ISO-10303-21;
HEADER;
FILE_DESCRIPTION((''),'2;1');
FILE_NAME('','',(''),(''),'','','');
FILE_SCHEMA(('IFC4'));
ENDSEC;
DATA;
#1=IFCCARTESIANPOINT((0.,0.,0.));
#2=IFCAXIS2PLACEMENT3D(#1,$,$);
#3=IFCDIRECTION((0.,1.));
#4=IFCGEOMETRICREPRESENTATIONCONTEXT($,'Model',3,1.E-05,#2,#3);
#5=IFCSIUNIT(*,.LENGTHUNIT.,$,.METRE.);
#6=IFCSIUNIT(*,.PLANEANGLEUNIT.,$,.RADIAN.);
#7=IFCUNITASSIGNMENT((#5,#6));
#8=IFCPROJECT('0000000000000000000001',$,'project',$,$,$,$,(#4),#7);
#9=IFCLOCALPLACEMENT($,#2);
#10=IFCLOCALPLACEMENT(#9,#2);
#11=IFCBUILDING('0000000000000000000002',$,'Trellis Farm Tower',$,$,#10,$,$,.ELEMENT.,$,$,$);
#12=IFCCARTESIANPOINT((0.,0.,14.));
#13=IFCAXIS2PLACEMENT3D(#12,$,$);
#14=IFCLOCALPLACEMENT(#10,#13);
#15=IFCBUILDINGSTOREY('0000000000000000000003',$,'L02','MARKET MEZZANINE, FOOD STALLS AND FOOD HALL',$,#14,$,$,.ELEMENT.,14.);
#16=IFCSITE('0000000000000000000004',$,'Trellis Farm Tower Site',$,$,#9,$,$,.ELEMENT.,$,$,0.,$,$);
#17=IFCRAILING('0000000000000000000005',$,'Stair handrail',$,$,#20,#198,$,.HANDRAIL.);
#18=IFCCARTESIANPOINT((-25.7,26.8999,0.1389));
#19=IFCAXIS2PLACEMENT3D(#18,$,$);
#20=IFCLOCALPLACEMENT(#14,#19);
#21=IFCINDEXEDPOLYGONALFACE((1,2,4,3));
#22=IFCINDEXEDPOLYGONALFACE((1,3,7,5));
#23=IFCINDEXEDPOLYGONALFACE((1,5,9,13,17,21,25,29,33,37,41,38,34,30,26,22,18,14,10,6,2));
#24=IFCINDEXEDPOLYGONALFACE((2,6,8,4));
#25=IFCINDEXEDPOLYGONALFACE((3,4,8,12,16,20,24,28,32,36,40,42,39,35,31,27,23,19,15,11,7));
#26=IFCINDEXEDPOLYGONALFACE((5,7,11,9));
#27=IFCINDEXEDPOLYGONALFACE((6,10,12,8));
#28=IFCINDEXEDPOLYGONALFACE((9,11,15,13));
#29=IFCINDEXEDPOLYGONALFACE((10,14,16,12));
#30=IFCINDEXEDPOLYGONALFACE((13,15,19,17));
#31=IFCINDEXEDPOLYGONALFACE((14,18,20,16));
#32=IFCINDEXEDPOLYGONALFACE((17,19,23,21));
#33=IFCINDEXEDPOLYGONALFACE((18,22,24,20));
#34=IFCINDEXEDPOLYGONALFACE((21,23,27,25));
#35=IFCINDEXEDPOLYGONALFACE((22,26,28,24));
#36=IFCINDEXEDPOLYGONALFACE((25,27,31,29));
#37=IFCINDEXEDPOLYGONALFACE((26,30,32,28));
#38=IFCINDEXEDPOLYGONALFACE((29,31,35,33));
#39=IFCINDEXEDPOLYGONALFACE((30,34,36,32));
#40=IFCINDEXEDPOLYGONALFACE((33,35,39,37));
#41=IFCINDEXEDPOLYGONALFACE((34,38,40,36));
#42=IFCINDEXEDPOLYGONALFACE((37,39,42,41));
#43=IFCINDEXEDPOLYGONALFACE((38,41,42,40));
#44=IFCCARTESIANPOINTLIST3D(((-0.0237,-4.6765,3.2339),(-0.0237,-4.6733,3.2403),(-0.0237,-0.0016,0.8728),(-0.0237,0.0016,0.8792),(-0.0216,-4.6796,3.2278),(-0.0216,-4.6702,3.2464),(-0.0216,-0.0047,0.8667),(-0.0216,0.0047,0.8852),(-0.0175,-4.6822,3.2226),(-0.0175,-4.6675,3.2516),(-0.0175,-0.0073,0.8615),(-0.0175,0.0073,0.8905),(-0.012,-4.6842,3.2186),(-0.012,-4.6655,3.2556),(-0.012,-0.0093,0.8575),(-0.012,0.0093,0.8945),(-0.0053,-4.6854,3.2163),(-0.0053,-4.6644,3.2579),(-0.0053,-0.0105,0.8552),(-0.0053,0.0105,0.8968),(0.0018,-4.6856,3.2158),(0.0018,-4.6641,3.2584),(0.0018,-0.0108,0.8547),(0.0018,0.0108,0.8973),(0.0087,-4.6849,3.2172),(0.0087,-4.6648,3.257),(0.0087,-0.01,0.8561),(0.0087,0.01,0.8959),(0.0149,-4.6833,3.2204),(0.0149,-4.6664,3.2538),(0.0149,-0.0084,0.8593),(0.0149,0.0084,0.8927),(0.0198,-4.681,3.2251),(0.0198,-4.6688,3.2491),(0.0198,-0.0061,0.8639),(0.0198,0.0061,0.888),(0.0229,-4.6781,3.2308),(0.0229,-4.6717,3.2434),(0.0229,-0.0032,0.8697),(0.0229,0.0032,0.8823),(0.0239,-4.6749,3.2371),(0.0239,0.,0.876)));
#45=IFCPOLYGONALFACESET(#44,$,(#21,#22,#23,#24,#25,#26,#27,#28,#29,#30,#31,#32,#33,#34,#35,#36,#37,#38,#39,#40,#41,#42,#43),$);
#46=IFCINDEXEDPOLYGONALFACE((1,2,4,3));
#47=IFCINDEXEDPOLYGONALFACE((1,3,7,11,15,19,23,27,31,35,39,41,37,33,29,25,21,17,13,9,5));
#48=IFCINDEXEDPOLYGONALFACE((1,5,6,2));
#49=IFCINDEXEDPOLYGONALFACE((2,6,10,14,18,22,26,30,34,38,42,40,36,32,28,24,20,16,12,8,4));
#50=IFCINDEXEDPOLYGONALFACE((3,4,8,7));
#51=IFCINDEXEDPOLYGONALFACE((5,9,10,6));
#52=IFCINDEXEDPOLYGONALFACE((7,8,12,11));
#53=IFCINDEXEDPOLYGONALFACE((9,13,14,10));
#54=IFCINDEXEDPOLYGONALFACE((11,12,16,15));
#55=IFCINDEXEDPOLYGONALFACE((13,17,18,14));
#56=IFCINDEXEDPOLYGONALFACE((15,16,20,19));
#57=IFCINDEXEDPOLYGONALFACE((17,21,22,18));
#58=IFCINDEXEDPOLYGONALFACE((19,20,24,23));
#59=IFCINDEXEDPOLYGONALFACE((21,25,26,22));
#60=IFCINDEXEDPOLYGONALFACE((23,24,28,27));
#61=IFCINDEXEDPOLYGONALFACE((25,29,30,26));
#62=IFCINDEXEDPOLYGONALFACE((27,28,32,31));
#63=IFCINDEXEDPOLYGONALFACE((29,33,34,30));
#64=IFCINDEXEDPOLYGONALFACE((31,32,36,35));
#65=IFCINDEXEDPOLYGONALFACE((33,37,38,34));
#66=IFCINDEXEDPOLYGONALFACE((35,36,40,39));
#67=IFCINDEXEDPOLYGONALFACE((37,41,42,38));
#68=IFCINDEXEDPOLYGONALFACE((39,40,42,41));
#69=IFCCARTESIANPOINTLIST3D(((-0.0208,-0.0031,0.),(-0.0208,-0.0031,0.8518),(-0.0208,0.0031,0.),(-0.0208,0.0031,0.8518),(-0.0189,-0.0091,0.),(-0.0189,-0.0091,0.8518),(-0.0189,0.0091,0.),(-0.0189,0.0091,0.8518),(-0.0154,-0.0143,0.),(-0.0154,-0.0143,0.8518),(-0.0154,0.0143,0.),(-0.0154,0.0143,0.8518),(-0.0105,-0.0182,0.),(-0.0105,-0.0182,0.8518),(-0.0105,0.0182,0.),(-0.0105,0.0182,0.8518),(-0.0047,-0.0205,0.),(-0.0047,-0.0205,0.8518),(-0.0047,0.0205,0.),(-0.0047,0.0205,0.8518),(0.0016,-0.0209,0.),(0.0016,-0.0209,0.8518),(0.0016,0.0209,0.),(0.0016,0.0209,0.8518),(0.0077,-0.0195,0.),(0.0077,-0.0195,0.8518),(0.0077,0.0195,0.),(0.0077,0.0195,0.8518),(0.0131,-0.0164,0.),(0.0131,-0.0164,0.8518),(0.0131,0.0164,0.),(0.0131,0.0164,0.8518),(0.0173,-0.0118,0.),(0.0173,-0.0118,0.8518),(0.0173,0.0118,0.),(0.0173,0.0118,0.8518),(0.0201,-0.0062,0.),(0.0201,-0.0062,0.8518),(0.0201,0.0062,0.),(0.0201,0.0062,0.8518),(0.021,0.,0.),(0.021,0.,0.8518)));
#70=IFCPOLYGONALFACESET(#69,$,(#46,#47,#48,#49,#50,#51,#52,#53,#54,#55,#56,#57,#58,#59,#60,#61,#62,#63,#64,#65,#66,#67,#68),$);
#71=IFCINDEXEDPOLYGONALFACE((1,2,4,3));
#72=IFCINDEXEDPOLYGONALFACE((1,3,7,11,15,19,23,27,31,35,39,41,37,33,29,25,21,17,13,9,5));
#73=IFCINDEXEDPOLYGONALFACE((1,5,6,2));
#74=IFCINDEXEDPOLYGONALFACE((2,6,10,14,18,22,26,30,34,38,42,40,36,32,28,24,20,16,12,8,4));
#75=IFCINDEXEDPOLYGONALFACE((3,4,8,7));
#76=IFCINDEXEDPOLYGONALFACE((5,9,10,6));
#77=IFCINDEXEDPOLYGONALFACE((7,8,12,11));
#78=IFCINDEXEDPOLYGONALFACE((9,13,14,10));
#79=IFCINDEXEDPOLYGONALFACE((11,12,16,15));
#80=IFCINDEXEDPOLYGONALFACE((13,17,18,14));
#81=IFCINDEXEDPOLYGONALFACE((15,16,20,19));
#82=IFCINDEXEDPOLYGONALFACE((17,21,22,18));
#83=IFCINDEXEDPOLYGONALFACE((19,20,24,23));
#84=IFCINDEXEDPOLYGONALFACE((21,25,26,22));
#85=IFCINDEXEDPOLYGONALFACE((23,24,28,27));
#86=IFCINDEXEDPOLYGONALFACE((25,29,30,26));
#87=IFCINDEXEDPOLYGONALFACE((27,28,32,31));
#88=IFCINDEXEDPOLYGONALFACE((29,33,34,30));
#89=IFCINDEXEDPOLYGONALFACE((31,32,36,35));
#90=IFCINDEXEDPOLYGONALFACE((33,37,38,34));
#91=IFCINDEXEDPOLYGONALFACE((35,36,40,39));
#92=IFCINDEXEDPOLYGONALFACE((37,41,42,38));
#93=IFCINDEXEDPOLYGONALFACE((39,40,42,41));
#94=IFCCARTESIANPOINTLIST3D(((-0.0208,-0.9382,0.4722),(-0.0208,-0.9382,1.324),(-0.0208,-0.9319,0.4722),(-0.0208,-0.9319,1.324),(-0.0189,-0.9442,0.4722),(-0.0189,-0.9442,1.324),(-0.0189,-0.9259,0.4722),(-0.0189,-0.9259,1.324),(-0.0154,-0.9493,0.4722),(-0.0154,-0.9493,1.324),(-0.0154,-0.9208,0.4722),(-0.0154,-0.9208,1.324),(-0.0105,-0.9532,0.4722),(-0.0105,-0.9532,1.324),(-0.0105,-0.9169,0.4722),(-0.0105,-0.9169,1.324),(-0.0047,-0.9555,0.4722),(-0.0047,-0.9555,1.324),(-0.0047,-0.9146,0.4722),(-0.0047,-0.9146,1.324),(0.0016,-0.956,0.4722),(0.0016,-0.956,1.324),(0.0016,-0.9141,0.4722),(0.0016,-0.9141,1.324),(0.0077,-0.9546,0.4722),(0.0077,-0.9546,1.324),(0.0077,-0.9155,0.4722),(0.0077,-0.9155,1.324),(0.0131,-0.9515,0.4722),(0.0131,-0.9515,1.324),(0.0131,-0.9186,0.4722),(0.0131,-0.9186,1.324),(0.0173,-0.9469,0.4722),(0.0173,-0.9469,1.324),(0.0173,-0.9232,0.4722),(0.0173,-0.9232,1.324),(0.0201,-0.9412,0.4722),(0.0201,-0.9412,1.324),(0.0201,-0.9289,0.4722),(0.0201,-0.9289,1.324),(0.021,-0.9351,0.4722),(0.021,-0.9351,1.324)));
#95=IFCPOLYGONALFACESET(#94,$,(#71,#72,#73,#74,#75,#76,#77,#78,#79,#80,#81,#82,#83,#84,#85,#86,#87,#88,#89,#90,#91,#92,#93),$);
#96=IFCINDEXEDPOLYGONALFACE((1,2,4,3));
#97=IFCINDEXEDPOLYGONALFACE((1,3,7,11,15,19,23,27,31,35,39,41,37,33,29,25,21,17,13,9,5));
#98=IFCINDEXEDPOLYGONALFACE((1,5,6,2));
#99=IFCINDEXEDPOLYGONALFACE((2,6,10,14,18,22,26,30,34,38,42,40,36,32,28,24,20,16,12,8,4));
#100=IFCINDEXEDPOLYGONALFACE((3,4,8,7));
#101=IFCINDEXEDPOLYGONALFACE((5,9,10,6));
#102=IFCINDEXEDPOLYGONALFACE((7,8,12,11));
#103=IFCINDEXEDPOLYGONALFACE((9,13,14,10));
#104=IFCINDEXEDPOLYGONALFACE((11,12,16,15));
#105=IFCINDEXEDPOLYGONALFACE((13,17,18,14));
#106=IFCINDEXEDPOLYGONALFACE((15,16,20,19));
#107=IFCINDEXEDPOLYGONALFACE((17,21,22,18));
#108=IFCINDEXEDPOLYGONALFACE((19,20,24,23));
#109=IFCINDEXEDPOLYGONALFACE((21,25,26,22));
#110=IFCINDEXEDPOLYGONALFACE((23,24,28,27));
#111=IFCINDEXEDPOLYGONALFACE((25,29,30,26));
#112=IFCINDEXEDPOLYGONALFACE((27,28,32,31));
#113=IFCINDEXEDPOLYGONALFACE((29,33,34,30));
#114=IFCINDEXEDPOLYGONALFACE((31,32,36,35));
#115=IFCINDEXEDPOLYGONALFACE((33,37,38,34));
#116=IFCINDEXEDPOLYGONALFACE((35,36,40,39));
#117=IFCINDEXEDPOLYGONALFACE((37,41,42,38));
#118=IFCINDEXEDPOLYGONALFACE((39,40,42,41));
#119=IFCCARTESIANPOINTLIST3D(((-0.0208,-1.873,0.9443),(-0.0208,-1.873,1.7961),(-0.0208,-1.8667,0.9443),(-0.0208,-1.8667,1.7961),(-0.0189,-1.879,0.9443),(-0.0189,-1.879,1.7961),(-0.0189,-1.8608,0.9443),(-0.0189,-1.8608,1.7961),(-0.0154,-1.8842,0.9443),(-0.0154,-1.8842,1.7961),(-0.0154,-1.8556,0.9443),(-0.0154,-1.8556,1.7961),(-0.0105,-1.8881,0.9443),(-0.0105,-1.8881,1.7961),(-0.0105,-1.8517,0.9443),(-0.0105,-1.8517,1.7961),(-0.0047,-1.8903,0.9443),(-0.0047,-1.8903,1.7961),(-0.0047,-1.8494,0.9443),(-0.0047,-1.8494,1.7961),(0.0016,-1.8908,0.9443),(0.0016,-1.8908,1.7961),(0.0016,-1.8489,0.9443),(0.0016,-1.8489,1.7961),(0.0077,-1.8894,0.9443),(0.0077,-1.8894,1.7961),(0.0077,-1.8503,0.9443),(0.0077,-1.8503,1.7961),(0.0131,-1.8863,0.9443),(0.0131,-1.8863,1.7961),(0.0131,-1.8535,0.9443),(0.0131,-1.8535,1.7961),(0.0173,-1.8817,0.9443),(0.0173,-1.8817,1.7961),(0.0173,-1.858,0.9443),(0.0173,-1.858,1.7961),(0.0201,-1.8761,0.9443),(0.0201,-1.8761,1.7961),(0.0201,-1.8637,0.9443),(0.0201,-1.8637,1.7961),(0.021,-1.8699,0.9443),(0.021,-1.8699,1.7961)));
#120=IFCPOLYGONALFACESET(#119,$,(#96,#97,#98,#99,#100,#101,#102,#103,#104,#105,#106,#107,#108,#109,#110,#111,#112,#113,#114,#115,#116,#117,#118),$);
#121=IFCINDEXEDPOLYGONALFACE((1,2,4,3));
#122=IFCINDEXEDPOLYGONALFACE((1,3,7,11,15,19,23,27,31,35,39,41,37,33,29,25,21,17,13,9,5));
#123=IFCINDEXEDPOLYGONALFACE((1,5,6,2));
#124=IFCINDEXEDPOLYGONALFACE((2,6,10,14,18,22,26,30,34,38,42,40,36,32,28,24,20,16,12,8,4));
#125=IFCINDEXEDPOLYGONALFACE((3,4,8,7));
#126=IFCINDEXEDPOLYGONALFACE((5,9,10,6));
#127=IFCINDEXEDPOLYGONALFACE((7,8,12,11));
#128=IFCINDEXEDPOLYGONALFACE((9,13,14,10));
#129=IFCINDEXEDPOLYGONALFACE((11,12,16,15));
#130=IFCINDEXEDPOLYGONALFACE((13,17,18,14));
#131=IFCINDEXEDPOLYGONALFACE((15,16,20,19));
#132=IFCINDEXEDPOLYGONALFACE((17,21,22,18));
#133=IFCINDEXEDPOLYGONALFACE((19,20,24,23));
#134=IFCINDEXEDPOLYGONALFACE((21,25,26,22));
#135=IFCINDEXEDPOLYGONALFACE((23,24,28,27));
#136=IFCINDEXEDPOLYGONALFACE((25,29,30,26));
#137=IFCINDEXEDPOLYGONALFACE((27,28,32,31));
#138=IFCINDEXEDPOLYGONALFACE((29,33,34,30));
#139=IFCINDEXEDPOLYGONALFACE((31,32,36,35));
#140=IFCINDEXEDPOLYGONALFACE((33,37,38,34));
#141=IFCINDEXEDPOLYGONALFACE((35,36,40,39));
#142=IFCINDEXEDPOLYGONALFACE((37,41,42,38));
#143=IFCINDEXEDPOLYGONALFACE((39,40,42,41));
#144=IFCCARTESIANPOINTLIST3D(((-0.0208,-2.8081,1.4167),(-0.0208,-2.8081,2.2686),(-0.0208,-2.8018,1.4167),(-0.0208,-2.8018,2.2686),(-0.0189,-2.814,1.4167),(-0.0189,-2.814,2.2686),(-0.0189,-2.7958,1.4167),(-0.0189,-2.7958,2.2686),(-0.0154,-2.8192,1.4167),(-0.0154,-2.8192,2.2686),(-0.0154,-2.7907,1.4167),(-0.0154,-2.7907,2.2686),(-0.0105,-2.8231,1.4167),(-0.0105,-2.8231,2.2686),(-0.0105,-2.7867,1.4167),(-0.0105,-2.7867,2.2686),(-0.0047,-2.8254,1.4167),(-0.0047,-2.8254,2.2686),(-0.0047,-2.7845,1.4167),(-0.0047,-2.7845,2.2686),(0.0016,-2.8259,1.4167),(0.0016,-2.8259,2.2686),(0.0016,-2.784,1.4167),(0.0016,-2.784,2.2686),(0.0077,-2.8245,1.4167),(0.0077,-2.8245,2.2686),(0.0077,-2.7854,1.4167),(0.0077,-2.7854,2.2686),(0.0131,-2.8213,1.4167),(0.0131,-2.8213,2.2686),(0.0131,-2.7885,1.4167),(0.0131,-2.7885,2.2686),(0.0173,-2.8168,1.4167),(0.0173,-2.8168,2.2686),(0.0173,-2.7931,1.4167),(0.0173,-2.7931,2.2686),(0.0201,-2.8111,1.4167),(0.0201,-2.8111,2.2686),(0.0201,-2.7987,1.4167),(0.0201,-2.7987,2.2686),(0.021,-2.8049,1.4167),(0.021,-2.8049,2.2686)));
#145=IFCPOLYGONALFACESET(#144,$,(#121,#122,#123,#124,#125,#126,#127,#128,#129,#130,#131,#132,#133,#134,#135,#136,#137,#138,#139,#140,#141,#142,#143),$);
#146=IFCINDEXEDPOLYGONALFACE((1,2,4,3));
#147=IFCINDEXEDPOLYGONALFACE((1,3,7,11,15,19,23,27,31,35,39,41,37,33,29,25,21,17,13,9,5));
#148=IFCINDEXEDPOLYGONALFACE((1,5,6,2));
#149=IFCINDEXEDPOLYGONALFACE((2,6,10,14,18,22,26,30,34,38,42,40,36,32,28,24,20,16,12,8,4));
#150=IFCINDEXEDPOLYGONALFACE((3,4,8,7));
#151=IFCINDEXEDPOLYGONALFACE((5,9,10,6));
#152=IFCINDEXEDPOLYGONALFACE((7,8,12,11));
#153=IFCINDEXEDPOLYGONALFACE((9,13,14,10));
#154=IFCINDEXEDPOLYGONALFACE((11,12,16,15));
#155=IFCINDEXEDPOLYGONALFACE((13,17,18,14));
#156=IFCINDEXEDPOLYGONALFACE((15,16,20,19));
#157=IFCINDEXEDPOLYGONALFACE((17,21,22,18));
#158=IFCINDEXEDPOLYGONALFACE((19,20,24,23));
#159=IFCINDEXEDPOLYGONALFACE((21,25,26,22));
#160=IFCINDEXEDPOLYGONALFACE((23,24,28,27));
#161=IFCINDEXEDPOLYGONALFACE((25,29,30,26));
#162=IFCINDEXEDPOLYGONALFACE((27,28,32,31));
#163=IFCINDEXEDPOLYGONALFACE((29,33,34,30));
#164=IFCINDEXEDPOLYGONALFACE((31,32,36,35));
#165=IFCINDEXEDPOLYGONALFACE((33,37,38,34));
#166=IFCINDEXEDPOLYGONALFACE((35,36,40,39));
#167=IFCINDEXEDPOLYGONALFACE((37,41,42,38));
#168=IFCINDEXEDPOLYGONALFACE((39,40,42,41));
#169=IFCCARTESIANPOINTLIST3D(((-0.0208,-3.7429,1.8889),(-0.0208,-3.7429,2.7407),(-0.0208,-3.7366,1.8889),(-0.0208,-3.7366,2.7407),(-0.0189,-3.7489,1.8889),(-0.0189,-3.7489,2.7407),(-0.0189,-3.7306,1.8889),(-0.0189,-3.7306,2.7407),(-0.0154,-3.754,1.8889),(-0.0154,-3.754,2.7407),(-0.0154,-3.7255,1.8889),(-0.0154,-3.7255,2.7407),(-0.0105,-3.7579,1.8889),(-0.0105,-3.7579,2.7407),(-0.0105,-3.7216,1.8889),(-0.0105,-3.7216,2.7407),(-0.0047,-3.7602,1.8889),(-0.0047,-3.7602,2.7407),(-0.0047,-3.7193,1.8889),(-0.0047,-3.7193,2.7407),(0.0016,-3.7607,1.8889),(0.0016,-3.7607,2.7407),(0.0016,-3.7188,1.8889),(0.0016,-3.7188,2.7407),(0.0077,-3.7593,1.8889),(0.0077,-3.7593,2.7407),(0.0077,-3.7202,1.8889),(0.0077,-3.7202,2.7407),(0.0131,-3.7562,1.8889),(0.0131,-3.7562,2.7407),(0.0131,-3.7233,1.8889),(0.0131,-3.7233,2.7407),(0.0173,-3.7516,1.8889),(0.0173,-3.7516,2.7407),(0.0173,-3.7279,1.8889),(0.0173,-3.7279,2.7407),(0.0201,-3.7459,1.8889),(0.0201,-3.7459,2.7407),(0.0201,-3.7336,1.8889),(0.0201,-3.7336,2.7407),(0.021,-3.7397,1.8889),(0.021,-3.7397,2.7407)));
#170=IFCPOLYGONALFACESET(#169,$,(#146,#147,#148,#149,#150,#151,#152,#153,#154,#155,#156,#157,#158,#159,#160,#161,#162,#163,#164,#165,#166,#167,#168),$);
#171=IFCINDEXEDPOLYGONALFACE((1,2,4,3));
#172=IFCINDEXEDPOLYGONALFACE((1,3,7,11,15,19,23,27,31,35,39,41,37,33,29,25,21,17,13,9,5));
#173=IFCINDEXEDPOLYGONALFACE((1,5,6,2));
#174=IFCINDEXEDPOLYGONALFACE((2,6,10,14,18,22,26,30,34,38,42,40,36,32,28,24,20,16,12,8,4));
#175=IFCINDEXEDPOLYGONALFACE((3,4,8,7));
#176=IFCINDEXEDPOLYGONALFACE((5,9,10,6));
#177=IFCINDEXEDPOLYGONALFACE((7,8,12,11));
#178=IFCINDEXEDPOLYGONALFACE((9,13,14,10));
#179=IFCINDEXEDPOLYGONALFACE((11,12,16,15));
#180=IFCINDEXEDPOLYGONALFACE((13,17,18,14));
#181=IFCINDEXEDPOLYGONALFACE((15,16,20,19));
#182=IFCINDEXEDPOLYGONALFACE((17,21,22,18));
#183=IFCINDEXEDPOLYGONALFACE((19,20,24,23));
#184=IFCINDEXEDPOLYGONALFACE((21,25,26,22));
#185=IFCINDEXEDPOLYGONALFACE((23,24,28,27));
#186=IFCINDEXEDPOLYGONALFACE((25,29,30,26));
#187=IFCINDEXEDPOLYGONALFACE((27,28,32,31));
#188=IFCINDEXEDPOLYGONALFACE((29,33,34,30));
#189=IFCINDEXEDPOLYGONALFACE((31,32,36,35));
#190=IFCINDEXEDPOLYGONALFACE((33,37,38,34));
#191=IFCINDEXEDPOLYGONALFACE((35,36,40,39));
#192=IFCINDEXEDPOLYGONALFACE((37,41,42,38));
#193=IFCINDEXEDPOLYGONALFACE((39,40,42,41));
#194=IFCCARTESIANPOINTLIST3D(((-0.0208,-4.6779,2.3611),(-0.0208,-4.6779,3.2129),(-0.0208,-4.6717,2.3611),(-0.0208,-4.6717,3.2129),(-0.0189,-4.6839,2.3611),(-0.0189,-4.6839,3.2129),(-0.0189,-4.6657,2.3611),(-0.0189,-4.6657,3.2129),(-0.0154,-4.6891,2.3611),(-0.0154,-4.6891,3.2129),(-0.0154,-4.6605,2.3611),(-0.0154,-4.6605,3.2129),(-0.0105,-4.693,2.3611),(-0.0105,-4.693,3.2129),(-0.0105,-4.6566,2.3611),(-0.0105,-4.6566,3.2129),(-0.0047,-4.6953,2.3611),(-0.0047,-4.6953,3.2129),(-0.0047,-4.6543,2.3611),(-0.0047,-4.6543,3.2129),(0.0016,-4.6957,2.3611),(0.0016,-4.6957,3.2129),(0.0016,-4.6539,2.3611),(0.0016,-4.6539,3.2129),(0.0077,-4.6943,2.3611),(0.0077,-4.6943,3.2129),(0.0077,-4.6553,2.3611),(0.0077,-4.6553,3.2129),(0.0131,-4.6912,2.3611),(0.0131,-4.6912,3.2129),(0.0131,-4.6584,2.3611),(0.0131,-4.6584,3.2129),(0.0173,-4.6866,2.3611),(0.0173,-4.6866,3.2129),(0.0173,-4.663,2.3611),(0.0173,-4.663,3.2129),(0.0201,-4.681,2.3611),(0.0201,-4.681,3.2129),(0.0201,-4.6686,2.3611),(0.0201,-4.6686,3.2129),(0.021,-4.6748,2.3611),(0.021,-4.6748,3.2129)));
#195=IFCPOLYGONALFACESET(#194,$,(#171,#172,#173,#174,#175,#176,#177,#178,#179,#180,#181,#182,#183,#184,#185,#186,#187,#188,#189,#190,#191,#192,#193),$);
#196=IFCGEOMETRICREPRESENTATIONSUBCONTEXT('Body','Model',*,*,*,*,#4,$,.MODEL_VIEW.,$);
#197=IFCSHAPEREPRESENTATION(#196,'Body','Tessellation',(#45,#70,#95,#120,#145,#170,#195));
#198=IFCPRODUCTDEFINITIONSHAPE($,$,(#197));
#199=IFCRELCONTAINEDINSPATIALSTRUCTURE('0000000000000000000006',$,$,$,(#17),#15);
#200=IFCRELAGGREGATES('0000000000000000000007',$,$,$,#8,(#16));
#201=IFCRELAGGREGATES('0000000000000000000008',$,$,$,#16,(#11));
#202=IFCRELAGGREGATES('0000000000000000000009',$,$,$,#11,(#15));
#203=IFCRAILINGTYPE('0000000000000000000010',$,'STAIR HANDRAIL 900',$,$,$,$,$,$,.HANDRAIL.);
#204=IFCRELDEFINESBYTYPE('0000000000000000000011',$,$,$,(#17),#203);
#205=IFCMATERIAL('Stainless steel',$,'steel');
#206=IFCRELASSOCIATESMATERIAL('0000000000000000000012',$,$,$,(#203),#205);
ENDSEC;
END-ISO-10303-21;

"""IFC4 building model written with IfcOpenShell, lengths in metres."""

from ifc_helpers import new_model, si_unit, direction, frame, origin, origin_2d, place, context, subcontext, project, spatial, circle, extrude, source, transform, mapped, material, type_object, element, save


model = new_model("IFC4")

# Units and contexts
model_context = context("Model", 3, precision=1e-05, world=origin(), true_north=direction((0.0, 1.0)))
body_context = subcontext(model_context, "Body", "Model", "MODEL_VIEW")
ifc_project = project(units=[si_unit("LENGTHUNIT", "METRE"), si_unit("PLANEANGLEUNIT", "RADIAN")], contexts=[model_context])

# Site, building, storey
site_placement = place(None, origin())
site = spatial("IfcSite", under=ifc_project, at=site_placement, Name="Trellis Farm Tower Site", CompositionType="ELEMENT", RefElevation=0.0)
building_placement = place(site_placement, origin())
building = spatial("IfcBuilding", under=site, at=building_placement, Name="Trellis Farm Tower", CompositionType="ELEMENT")
storey_placement = place(building_placement, frame((0.0, 0.0, 14.0)))
storey = spatial("IfcBuildingStorey", under=building, at=storey_placement, Name="L02", Description="MARKET MEZZANINE, FOOD STALLS AND FOOD HALL", CompositionType="ELEMENT", Elevation=14.0)

# Railing
ifc_material_1 = material(Name="Stainless steel", Category="steel")
railing_type = type_object("IfcRailingType", Name="STAIR HANDRAIL 900", PredefinedType="HANDRAIL", material=ifc_material_1)
shared_shape_1 = source(origin(), body_context, "Body", "SweptSolid", [
    extrude(circle(Radius=0.0239, at=origin_2d()), frame((0.0, 0.0, 0.876), z_axis=(0.0, -0.892611, 0.450827), x_axis=(1.0, 0.0, 0.0)), (0.0, 0.0, 1.0), 5.2373),
    extrude(circle(Radius=0.021, at=origin_2d()), origin(), (0.0, 0.0, 1.0), 0.8518),
    extrude(circle(Radius=0.021, at=origin_2d()), frame((0.0, -0.9351, 0.4722)), (0.0, 0.0, 1.0), 0.8518),
    extrude(circle(Radius=0.021, at=origin_2d()), frame((0.0, -1.8699, 0.9443)), (0.0, 0.0, 1.0), 0.8518),
    extrude(circle(Radius=0.021, at=origin_2d()), frame((0.0, -2.8049, 1.4167)), (0.0, 0.0, 1.0), 0.8518),
    extrude(circle(Radius=0.021, at=origin_2d()), frame((0.0, -3.7397, 1.8889)), (0.0, 0.0, 1.0), 0.8518),
    extrude(circle(Radius=0.021, at=origin_2d()), frame((0.0, -4.6748, 2.3611)), (0.0, 0.0, 1.0), 0.8518),
])
for number, where, name in (
    (1, (-25.7, 26.8999, 0.1389), "Stair handrail"),
):
    element("IfcRailing", number, at=place(storey_placement, frame(where)), inside=storey, type_object=railing_type, Name=name, PredefinedType="HANDRAIL", context=body_context, shape_type="MappedRepresentation", body=[
        mapped(shared_shape_1, transform((0.0, 0.0, 0.0))),
    ])

save(model, "model.ifc")
